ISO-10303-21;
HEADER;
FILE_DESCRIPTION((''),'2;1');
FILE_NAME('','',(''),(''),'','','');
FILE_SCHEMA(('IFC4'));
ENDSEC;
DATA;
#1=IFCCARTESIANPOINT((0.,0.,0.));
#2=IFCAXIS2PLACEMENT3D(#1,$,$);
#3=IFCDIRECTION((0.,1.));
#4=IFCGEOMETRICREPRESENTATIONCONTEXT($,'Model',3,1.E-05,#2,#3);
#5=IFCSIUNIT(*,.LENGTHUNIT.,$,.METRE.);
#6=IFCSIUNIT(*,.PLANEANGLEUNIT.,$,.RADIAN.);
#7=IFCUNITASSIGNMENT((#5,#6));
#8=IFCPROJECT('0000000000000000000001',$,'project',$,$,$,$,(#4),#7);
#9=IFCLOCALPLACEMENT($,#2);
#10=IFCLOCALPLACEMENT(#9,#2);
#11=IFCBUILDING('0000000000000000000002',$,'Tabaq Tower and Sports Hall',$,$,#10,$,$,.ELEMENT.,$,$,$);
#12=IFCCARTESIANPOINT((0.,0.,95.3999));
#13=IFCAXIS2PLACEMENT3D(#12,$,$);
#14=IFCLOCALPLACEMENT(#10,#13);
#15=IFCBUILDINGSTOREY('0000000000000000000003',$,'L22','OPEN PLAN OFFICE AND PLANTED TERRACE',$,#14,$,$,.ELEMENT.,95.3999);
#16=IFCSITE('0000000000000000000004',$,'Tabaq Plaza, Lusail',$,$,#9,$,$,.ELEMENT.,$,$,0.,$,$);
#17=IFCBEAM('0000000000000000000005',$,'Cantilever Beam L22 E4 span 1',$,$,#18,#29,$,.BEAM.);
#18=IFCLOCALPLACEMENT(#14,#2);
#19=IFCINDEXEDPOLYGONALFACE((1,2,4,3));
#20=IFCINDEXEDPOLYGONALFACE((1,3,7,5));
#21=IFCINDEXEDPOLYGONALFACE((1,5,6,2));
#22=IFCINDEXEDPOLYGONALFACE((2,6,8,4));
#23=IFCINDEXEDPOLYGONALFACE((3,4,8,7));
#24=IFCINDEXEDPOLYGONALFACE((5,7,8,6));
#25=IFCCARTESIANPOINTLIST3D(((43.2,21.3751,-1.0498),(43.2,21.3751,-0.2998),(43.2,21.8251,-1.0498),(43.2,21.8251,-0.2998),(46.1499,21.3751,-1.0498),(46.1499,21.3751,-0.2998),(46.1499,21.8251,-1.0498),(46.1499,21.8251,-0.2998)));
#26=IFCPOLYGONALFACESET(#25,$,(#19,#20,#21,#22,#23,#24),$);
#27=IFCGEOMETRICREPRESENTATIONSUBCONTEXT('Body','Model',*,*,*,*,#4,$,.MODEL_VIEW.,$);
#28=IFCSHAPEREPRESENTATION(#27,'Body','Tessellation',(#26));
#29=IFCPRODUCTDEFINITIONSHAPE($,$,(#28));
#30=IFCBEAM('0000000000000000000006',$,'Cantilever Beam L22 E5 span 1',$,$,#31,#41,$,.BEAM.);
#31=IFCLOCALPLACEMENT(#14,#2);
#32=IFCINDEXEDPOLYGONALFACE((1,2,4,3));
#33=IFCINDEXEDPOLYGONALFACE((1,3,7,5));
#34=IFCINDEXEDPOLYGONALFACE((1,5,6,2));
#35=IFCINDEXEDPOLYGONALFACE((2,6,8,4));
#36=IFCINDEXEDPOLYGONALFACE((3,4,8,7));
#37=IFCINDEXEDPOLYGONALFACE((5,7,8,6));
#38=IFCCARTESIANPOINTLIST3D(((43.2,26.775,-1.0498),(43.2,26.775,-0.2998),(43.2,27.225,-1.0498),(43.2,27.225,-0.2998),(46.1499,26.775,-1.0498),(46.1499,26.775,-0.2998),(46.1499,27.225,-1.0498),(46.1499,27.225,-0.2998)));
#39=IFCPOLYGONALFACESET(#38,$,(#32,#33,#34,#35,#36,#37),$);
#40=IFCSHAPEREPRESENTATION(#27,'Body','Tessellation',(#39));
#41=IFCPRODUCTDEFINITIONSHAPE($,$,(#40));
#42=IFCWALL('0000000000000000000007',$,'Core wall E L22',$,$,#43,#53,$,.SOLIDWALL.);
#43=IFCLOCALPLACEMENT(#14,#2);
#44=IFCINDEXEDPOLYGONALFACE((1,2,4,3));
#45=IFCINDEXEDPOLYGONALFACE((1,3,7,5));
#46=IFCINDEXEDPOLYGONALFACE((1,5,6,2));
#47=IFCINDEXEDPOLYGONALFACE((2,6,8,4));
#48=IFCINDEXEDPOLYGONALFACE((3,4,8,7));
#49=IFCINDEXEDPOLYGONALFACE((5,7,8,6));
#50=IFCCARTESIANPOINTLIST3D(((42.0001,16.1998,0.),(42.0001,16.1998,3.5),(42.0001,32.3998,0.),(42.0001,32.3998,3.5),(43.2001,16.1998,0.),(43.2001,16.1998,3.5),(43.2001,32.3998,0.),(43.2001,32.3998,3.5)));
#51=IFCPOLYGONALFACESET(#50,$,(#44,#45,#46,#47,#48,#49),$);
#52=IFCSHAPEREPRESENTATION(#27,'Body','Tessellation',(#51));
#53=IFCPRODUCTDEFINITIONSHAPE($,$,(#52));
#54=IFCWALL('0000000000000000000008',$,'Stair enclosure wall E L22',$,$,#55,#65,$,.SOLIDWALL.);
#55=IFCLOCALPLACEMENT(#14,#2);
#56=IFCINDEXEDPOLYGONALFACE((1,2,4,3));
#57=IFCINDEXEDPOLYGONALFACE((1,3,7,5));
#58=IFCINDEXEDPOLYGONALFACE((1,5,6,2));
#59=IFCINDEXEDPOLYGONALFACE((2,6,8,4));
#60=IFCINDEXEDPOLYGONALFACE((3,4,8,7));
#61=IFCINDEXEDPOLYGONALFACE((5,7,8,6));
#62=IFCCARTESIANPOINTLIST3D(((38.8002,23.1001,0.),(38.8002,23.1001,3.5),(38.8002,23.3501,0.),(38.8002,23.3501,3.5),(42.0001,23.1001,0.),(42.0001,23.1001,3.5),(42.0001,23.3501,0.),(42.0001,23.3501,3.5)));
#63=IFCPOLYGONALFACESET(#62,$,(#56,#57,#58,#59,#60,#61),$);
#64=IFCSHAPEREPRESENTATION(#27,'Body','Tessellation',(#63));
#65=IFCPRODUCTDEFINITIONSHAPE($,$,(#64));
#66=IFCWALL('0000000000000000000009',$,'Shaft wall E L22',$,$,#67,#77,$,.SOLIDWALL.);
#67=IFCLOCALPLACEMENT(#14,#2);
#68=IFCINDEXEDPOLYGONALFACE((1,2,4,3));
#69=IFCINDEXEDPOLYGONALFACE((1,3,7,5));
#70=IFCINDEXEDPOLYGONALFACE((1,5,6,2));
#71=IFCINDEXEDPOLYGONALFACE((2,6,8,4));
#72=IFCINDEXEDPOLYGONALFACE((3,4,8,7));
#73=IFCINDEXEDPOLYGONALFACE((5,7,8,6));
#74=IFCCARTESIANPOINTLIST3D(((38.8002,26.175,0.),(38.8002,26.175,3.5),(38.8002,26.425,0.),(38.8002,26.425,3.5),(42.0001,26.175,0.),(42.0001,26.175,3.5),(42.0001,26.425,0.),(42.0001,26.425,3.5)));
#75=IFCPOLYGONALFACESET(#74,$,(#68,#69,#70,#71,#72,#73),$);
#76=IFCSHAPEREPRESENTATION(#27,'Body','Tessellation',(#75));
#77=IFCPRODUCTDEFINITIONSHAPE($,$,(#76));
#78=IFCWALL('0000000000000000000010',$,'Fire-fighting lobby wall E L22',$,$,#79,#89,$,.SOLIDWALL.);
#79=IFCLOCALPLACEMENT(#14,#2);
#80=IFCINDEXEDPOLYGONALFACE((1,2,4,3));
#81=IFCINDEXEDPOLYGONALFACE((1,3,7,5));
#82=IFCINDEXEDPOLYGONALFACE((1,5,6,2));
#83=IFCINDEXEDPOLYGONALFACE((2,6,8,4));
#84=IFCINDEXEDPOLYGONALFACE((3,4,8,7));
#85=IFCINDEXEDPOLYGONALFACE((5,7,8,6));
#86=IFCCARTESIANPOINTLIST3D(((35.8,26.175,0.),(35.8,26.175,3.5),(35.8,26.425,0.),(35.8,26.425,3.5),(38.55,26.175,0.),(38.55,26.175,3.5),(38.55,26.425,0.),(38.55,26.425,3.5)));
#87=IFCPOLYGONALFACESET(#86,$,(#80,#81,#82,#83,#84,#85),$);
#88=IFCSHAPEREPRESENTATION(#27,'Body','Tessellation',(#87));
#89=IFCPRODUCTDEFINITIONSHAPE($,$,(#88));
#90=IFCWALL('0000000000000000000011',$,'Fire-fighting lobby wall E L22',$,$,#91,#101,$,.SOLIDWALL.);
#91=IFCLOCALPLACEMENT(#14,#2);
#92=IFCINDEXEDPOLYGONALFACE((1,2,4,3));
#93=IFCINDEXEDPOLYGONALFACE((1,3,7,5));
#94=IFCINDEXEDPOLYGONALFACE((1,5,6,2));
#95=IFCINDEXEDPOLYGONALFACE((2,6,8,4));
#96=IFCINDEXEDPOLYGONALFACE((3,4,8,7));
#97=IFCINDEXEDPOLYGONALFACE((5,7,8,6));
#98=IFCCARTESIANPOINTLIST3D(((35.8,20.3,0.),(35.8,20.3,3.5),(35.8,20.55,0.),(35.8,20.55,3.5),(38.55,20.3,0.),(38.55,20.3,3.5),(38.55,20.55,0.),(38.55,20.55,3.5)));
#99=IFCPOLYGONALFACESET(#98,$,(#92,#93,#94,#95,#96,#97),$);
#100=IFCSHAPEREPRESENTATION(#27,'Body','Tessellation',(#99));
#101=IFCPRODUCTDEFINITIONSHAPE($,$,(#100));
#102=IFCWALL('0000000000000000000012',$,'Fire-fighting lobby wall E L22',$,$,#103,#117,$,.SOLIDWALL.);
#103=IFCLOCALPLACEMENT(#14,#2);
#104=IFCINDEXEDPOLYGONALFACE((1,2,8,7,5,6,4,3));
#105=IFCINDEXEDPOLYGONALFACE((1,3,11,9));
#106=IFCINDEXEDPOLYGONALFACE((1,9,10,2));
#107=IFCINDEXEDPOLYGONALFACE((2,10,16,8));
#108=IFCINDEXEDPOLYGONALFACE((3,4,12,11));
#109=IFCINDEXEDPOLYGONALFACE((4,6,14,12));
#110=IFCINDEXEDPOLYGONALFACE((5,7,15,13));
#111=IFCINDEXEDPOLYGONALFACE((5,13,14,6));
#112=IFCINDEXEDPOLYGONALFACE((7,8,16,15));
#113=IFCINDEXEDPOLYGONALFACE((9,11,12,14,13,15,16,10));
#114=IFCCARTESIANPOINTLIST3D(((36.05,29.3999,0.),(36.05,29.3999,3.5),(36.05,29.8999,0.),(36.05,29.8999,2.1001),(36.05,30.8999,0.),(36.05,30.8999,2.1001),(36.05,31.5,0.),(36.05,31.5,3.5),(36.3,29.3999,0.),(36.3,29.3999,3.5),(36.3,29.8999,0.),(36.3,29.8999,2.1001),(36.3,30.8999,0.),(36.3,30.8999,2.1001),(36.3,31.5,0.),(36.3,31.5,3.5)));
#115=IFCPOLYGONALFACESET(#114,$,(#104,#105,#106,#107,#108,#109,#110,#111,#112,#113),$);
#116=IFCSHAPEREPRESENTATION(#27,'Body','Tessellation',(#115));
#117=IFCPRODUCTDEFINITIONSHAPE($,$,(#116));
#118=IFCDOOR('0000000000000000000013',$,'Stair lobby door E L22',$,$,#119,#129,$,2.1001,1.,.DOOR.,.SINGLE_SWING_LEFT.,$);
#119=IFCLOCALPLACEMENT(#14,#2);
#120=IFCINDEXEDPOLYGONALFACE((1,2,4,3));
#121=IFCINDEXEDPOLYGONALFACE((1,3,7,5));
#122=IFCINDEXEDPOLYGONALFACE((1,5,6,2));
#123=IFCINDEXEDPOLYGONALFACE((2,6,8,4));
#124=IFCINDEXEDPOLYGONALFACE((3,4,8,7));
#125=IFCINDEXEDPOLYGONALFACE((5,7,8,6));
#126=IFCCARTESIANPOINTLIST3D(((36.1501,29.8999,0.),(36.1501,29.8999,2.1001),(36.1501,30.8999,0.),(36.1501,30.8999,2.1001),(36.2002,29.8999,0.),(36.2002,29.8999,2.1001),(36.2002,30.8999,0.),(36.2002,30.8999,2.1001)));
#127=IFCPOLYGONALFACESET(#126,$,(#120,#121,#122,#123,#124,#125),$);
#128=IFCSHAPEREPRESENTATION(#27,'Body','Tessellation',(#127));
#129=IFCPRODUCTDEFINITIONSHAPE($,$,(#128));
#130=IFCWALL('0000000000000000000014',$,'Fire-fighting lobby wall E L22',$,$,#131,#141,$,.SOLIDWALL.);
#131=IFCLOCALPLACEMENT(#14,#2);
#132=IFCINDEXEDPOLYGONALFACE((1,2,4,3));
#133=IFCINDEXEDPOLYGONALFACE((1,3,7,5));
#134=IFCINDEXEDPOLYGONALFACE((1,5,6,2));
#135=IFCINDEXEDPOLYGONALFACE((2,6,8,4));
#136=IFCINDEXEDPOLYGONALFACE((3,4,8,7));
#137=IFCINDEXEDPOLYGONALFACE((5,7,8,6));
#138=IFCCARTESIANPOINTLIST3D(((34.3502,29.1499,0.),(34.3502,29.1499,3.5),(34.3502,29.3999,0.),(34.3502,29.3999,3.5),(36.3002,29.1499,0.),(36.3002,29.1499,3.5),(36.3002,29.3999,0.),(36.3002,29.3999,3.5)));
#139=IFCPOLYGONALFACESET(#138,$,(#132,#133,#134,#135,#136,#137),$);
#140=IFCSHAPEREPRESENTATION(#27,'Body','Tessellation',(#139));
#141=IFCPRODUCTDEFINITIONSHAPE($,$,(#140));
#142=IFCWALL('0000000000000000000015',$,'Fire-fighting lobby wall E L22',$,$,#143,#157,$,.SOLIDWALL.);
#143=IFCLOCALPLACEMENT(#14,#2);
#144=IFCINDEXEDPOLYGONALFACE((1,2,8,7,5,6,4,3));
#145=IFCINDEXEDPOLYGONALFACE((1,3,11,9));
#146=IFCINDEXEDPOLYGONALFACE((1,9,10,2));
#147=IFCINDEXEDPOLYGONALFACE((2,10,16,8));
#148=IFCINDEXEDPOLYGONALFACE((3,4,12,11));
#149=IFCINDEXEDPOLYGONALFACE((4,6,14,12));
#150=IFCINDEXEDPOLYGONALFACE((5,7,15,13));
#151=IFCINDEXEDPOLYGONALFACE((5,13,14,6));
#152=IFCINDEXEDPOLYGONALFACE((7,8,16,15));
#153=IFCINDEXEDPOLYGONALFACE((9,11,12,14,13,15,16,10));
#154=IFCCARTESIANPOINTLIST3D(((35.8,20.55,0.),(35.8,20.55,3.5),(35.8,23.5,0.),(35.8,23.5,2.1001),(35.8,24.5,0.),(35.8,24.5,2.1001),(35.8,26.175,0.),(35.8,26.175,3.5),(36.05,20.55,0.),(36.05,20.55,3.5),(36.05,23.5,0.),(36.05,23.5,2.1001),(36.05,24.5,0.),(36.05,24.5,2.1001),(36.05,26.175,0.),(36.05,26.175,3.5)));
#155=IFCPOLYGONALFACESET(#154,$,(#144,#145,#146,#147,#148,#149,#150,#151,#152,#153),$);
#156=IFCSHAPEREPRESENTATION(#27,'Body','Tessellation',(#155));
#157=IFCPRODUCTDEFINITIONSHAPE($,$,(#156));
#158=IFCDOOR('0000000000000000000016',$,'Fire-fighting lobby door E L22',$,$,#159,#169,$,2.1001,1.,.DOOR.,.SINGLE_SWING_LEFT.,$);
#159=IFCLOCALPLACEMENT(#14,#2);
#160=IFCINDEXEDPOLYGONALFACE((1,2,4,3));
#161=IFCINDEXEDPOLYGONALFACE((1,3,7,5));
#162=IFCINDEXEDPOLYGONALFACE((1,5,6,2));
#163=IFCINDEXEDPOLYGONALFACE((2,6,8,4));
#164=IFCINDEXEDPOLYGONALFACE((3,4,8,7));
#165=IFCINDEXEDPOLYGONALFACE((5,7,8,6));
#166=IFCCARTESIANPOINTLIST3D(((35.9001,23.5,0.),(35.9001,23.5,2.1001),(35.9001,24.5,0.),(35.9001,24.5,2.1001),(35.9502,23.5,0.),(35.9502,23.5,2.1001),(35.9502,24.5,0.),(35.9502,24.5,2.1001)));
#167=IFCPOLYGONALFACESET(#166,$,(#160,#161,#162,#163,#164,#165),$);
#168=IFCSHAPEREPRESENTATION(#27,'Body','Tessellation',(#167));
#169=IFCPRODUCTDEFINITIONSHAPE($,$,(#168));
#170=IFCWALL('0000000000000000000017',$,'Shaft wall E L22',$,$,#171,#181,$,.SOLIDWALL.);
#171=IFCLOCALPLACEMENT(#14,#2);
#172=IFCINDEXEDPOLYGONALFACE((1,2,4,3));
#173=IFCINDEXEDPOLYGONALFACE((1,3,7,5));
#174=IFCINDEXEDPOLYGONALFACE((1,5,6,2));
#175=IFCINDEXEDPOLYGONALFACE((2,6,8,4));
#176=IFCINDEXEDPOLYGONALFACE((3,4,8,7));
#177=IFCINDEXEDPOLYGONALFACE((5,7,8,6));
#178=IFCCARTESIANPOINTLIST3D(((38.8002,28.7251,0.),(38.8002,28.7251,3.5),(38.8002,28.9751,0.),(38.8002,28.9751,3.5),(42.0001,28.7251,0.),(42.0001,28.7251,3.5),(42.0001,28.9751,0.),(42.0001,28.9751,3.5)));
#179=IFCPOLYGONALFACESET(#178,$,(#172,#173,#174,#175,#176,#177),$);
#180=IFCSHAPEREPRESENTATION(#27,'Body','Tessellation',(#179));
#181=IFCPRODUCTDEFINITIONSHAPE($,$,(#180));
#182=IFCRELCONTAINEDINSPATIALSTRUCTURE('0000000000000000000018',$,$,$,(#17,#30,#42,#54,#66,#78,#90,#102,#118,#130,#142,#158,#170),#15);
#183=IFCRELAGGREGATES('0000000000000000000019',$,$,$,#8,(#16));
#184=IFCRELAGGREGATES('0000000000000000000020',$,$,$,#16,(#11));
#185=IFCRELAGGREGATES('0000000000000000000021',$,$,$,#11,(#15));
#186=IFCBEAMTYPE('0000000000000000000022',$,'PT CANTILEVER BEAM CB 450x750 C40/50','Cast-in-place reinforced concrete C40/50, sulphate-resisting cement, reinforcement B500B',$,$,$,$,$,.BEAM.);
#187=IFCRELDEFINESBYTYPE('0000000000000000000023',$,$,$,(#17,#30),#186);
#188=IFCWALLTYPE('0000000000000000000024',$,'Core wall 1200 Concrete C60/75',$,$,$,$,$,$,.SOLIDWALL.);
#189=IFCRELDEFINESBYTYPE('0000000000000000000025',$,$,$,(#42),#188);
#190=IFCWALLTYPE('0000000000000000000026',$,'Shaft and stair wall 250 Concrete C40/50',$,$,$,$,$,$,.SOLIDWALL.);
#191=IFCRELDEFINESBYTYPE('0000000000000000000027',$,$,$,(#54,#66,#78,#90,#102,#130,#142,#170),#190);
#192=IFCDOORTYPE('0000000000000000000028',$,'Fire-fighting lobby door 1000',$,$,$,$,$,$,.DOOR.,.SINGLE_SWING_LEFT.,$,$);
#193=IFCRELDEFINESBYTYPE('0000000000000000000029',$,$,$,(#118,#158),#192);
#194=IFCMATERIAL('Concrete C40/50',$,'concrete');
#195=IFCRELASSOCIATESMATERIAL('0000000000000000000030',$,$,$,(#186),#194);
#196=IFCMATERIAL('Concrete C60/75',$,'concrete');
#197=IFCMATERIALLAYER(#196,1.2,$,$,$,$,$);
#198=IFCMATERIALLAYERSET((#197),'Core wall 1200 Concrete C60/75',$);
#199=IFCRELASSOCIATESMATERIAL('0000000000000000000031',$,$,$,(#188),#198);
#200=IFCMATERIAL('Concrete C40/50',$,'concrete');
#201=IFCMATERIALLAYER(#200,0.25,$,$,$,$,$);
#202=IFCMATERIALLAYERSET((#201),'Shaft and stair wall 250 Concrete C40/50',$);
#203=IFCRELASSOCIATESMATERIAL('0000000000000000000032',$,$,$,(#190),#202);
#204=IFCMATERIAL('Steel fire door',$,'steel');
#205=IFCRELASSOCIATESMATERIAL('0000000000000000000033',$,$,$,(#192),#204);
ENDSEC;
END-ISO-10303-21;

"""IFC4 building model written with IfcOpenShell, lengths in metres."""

from ifc_helpers import new_model, si_unit, direction, frame, frame_2d, origin, origin_2d, place, context, subcontext, project, spatial, rectangle, extrude, material, layer, layer_set, material_profile, profile_set, type_object, element, fill, save


model = new_model("IFC4")

# Units and contexts
model_context = context("Model", 3, precision=1e-05, world=origin(), true_north=direction((0.0, 1.0)))
body_context = subcontext(model_context, "Body", "Model", "MODEL_VIEW")
ifc_project = project(units=[si_unit("LENGTHUNIT", "METRE"), si_unit("PLANEANGLEUNIT", "RADIAN")], contexts=[model_context])

# Site, building, storey
site_placement = place(None, origin())
site = spatial("IfcSite", under=ifc_project, at=site_placement, Name="Tabaq Plaza, Lusail", CompositionType="ELEMENT", RefElevation=0.0)
building_placement = place(site_placement, origin())
building = spatial("IfcBuilding", under=site, at=building_placement, Name="Tabaq Tower and Sports Hall", CompositionType="ELEMENT")
storey_placement = place(building_placement, frame((0.0, 0.0, 95.3999)))
storey = spatial("IfcBuildingStorey", under=building, at=storey_placement, Name="L22", Description="OPEN PLAN OFFICE AND PLANTED TERRACE", CompositionType="ELEMENT", Elevation=95.3999)

# Beams
ifc_material_1 = material(Name="Concrete C40/50", Category="concrete")
ifc_material_profile = material_profile(ifc_material_1, rectangle(XDim=0.45, YDim=0.75, at=origin_2d()), Name="CB 450x750")
ifc_profile_set = profile_set([ifc_material_profile], Name="Concrete C40/50")
beam_type = type_object("IfcBeamType", Name="PT CANTILEVER BEAM CB 450x750 C40/50", Description="Cast-in-place reinforced concrete C40/50, sulphate-resisting cement, reinforcement B500B", PredefinedType="BEAM", material=ifc_profile_set)
for number, where, z_axis, x_axis, name in (
    (1, (46.1499, 21.6001, -0.6748), (-1.0, 0.0, 0.0), (0.0, -1.0, 0.0), "Cantilever Beam L22 E4 span 1"),
    (2, (46.1499, 27.0, -0.6748), (-1.0, 0.0, 0.0), (0.0, -1.0, 0.0), "Cantilever Beam L22 E5 span 1"),
):
    element("IfcBeam", number, at=place(storey_placement, frame(where, z_axis=z_axis, x_axis=x_axis)), inside=storey, type_object=beam_type, Name=name, PredefinedType="BEAM", context=body_context, shape_type="SweptSolid", body=[
        extrude(rectangle(XDim=0.45, YDim=0.75, at=origin_2d()), origin(), (0.0, 0.0, 1.0), 2.95),
    ])

# Walls
ifc_material_2 = material(Name="Concrete C60/75", Category="concrete")
ifc_layer_1 = layer(ifc_material_2, 1.2)
ifc_layer_set_1 = layer_set([ifc_layer_1], Name="Core wall 1200 Concrete C60/75")
wall_type_1 = type_object("IfcWallType", Name="Core wall 1200 Concrete C60/75", PredefinedType="SOLIDWALL", material=ifc_layer_set_1)
wall_1_placement = place(storey_placement, frame((42.6001, 32.3999, 0.0), z_axis=(0.0, 0.0, 1.0), x_axis=(0.0, -1.0, 0.0)))
element("IfcWall", 3, at=wall_1_placement, inside=storey, type_object=wall_type_1, Name="Core wall E L22", PredefinedType="SOLIDWALL", context=body_context, shape_type="SweptSolid", body=[
    extrude(rectangle(XDim=16.2, YDim=1.2, at=frame_2d((8.1001, 0.0))), origin(), (0.0, 0.0, 1.0), 3.5),
])
ifc_material_3 = material(Name="Concrete C40/50", Category="concrete")
ifc_layer_2 = layer(ifc_material_3, 0.25)
ifc_layer_set_2 = layer_set([ifc_layer_2], Name="Shaft and stair wall 250 Concrete C40/50")
wall_type_2 = type_object("IfcWallType", Name="Shaft and stair wall 250 Concrete C40/50", PredefinedType="SOLIDWALL", material=ifc_layer_set_2)
for number, where, z_axis, x_axis, name in (
    (4, (38.8, 23.2251, 0.0), (0.0, 0.0, 1.0), (1.0, 0.0, 0.0), "Stair enclosure wall E L22"),
    (5, (38.8, 26.3, 0.0), (0.0, 0.0, 1.0), (1.0, 0.0, 0.0), "Shaft wall E L22"),
):
    element("IfcWall", number, at=place(storey_placement, frame(where, z_axis=z_axis, x_axis=x_axis)), inside=storey, type_object=wall_type_2, Name=name, PredefinedType="SOLIDWALL", context=body_context, shape_type="SweptSolid", body=[
        extrude(rectangle(XDim=3.2, YDim=0.25, at=frame_2d((1.6001, 0.0))), origin(), (0.0, 0.0, 1.0), 3.5),
    ])
for number, where, z_axis, x_axis, name in (
    (6, (35.8, 26.3, 0.0), (0.0, 0.0, 1.0), (1.0, 0.0, 0.0), "Fire-fighting lobby wall E L22"),
    (7, (35.8, 20.425, 0.0), (0.0, 0.0, 1.0), (1.0, 0.0, 0.0), "Fire-fighting lobby wall E L22"),
):
    element("IfcWall", number, at=place(storey_placement, frame(where, z_axis=z_axis, x_axis=x_axis)), inside=storey, type_object=wall_type_2, Name=name, PredefinedType="SOLIDWALL", context=body_context, shape_type="SweptSolid", body=[
        extrude(rectangle(XDim=2.75, YDim=0.25, at=frame_2d((1.375, 0.0))), origin(), (0.0, 0.0, 1.0), 3.5),
    ])

# Wall, opening, door
wall_2_placement = place(storey_placement, frame((36.175, 29.3999, 0.0), z_axis=(0.0, 0.0, 1.0), x_axis=(0.0, 1.0, 0.0)))
wall_2 = element("IfcWall", 8, at=wall_2_placement, inside=storey, type_object=wall_type_2, Name="Fire-fighting lobby wall E L22", PredefinedType="SOLIDWALL", context=body_context, shape_type="SweptSolid", body=[
    extrude(rectangle(XDim=2.1001, YDim=0.25, at=frame_2d((1.05, 0.0))), origin(), (0.0, 0.0, 1.0), 3.5),
])
opening_1_placement = place(wall_2_placement, frame((0.5, 0.0, 0.0)))
opening_1 = element("IfcOpeningElement", 9, at=opening_1_placement, cuts=wall_2, PredefinedType="OPENING", context=body_context, shape_type="SweptSolid", body=[
    extrude(rectangle(XDim=1.0, YDim=2.1001, at=frame_2d((0.5, 1.05))), frame((0.0, 0.125, 0.0), z_axis=(0.0, -1.0, 0.0), x_axis=(1.0, 0.0, 0.0)), (0.0, 0.0, 1.0), 0.25),
])
ifc_material_4 = material(Name="Steel fire door", Category="steel")
door_type_1 = type_object("IfcDoorType", Name="Fire-fighting lobby door 1000", OperationType="SINGLE_SWING_LEFT", PredefinedType="DOOR", material=ifc_material_4)
door_1_placement = place(opening_1_placement, origin())
door_1 = element("IfcDoor", 10, at=door_1_placement, inside=storey, type_object=door_type_1, Name="Stair lobby door E L22", OperationType="SINGLE_SWING_LEFT", OverallHeight=2.1001, OverallWidth=1.0, PredefinedType="DOOR", context=body_context, shape_type="SweptSolid", body=[
    extrude(rectangle(XDim=1.0, YDim=2.1001, at=frame_2d((0.5, 1.05))), frame((0.0, 0.0249, 0.0), z_axis=(0.0, -1.0, 0.0), x_axis=(1.0, 0.0, 0.0)), (0.0, 0.0, 1.0), 0.05),
])
fill(opening_1, door_1)

# Wall
wall_3_placement = place(storey_placement, frame((34.3501, 29.2749, 0.0), z_axis=(0.0, 0.0, 1.0), x_axis=(1.0, 0.0, 0.0)))
element("IfcWall", 11, at=wall_3_placement, inside=storey, type_object=wall_type_2, Name="Fire-fighting lobby wall E L22", PredefinedType="SOLIDWALL", context=body_context, shape_type="SweptSolid", body=[
    extrude(rectangle(XDim=1.95, YDim=0.25, at=frame_2d((0.9751, 0.0))), origin(), (0.0, 0.0, 1.0), 3.5),
])

# Wall, opening, door
wall_4_placement = place(storey_placement, frame((35.925, 20.55, 0.0), z_axis=(0.0, 0.0, 1.0), x_axis=(0.0, 1.0, 0.0)))
wall_4 = element("IfcWall", 12, at=wall_4_placement, inside=storey, type_object=wall_type_2, Name="Fire-fighting lobby wall E L22", PredefinedType="SOLIDWALL", context=body_context, shape_type="SweptSolid", body=[
    extrude(rectangle(XDim=5.625, YDim=0.25, at=frame_2d((2.8125, 0.0))), origin(), (0.0, 0.0, 1.0), 3.5),
])
opening_2_placement = place(wall_4_placement, frame((2.95, 0.0, 0.0)))
opening_2 = element("IfcOpeningElement", 13, at=opening_2_placement, cuts=wall_4, PredefinedType="OPENING", context=body_context, shape_type="SweptSolid", body=[
    extrude(rectangle(XDim=1.0, YDim=2.1001, at=frame_2d((0.5, 1.05))), frame((0.0, 0.125, 0.0), z_axis=(0.0, -1.0, 0.0), x_axis=(1.0, 0.0, 0.0)), (0.0, 0.0, 1.0), 0.25),
])
door_2_placement = place(opening_2_placement, origin())
door_2 = element("IfcDoor", 14, at=door_2_placement, inside=storey, type_object=door_type_1, Name="Fire-fighting lobby door E L22", OperationType="SINGLE_SWING_LEFT", OverallHeight=2.1001, OverallWidth=1.0, PredefinedType="DOOR", context=body_context, shape_type="SweptSolid", body=[
    extrude(rectangle(XDim=1.0, YDim=2.1001, at=frame_2d((0.5, 1.05))), frame((0.0, 0.0249, 0.0), z_axis=(0.0, -1.0, 0.0), x_axis=(1.0, 0.0, 0.0)), (0.0, 0.0, 1.0), 0.05),
])
fill(opening_2, door_2)

# Wall
wall_5_placement = place(storey_placement, frame((38.8, 28.8501, 0.0), z_axis=(0.0, 0.0, 1.0), x_axis=(1.0, 0.0, 0.0)))
element("IfcWall", 15, at=wall_5_placement, inside=storey, type_object=wall_type_2, Name="Shaft wall E L22", PredefinedType="SOLIDWALL", context=body_context, shape_type="SweptSolid", body=[
    extrude(rectangle(XDim=3.2, YDim=0.25, at=frame_2d((1.6001, 0.0))), origin(), (0.0, 0.0, 1.0), 3.5),
])

save(model, "model.ifc")
